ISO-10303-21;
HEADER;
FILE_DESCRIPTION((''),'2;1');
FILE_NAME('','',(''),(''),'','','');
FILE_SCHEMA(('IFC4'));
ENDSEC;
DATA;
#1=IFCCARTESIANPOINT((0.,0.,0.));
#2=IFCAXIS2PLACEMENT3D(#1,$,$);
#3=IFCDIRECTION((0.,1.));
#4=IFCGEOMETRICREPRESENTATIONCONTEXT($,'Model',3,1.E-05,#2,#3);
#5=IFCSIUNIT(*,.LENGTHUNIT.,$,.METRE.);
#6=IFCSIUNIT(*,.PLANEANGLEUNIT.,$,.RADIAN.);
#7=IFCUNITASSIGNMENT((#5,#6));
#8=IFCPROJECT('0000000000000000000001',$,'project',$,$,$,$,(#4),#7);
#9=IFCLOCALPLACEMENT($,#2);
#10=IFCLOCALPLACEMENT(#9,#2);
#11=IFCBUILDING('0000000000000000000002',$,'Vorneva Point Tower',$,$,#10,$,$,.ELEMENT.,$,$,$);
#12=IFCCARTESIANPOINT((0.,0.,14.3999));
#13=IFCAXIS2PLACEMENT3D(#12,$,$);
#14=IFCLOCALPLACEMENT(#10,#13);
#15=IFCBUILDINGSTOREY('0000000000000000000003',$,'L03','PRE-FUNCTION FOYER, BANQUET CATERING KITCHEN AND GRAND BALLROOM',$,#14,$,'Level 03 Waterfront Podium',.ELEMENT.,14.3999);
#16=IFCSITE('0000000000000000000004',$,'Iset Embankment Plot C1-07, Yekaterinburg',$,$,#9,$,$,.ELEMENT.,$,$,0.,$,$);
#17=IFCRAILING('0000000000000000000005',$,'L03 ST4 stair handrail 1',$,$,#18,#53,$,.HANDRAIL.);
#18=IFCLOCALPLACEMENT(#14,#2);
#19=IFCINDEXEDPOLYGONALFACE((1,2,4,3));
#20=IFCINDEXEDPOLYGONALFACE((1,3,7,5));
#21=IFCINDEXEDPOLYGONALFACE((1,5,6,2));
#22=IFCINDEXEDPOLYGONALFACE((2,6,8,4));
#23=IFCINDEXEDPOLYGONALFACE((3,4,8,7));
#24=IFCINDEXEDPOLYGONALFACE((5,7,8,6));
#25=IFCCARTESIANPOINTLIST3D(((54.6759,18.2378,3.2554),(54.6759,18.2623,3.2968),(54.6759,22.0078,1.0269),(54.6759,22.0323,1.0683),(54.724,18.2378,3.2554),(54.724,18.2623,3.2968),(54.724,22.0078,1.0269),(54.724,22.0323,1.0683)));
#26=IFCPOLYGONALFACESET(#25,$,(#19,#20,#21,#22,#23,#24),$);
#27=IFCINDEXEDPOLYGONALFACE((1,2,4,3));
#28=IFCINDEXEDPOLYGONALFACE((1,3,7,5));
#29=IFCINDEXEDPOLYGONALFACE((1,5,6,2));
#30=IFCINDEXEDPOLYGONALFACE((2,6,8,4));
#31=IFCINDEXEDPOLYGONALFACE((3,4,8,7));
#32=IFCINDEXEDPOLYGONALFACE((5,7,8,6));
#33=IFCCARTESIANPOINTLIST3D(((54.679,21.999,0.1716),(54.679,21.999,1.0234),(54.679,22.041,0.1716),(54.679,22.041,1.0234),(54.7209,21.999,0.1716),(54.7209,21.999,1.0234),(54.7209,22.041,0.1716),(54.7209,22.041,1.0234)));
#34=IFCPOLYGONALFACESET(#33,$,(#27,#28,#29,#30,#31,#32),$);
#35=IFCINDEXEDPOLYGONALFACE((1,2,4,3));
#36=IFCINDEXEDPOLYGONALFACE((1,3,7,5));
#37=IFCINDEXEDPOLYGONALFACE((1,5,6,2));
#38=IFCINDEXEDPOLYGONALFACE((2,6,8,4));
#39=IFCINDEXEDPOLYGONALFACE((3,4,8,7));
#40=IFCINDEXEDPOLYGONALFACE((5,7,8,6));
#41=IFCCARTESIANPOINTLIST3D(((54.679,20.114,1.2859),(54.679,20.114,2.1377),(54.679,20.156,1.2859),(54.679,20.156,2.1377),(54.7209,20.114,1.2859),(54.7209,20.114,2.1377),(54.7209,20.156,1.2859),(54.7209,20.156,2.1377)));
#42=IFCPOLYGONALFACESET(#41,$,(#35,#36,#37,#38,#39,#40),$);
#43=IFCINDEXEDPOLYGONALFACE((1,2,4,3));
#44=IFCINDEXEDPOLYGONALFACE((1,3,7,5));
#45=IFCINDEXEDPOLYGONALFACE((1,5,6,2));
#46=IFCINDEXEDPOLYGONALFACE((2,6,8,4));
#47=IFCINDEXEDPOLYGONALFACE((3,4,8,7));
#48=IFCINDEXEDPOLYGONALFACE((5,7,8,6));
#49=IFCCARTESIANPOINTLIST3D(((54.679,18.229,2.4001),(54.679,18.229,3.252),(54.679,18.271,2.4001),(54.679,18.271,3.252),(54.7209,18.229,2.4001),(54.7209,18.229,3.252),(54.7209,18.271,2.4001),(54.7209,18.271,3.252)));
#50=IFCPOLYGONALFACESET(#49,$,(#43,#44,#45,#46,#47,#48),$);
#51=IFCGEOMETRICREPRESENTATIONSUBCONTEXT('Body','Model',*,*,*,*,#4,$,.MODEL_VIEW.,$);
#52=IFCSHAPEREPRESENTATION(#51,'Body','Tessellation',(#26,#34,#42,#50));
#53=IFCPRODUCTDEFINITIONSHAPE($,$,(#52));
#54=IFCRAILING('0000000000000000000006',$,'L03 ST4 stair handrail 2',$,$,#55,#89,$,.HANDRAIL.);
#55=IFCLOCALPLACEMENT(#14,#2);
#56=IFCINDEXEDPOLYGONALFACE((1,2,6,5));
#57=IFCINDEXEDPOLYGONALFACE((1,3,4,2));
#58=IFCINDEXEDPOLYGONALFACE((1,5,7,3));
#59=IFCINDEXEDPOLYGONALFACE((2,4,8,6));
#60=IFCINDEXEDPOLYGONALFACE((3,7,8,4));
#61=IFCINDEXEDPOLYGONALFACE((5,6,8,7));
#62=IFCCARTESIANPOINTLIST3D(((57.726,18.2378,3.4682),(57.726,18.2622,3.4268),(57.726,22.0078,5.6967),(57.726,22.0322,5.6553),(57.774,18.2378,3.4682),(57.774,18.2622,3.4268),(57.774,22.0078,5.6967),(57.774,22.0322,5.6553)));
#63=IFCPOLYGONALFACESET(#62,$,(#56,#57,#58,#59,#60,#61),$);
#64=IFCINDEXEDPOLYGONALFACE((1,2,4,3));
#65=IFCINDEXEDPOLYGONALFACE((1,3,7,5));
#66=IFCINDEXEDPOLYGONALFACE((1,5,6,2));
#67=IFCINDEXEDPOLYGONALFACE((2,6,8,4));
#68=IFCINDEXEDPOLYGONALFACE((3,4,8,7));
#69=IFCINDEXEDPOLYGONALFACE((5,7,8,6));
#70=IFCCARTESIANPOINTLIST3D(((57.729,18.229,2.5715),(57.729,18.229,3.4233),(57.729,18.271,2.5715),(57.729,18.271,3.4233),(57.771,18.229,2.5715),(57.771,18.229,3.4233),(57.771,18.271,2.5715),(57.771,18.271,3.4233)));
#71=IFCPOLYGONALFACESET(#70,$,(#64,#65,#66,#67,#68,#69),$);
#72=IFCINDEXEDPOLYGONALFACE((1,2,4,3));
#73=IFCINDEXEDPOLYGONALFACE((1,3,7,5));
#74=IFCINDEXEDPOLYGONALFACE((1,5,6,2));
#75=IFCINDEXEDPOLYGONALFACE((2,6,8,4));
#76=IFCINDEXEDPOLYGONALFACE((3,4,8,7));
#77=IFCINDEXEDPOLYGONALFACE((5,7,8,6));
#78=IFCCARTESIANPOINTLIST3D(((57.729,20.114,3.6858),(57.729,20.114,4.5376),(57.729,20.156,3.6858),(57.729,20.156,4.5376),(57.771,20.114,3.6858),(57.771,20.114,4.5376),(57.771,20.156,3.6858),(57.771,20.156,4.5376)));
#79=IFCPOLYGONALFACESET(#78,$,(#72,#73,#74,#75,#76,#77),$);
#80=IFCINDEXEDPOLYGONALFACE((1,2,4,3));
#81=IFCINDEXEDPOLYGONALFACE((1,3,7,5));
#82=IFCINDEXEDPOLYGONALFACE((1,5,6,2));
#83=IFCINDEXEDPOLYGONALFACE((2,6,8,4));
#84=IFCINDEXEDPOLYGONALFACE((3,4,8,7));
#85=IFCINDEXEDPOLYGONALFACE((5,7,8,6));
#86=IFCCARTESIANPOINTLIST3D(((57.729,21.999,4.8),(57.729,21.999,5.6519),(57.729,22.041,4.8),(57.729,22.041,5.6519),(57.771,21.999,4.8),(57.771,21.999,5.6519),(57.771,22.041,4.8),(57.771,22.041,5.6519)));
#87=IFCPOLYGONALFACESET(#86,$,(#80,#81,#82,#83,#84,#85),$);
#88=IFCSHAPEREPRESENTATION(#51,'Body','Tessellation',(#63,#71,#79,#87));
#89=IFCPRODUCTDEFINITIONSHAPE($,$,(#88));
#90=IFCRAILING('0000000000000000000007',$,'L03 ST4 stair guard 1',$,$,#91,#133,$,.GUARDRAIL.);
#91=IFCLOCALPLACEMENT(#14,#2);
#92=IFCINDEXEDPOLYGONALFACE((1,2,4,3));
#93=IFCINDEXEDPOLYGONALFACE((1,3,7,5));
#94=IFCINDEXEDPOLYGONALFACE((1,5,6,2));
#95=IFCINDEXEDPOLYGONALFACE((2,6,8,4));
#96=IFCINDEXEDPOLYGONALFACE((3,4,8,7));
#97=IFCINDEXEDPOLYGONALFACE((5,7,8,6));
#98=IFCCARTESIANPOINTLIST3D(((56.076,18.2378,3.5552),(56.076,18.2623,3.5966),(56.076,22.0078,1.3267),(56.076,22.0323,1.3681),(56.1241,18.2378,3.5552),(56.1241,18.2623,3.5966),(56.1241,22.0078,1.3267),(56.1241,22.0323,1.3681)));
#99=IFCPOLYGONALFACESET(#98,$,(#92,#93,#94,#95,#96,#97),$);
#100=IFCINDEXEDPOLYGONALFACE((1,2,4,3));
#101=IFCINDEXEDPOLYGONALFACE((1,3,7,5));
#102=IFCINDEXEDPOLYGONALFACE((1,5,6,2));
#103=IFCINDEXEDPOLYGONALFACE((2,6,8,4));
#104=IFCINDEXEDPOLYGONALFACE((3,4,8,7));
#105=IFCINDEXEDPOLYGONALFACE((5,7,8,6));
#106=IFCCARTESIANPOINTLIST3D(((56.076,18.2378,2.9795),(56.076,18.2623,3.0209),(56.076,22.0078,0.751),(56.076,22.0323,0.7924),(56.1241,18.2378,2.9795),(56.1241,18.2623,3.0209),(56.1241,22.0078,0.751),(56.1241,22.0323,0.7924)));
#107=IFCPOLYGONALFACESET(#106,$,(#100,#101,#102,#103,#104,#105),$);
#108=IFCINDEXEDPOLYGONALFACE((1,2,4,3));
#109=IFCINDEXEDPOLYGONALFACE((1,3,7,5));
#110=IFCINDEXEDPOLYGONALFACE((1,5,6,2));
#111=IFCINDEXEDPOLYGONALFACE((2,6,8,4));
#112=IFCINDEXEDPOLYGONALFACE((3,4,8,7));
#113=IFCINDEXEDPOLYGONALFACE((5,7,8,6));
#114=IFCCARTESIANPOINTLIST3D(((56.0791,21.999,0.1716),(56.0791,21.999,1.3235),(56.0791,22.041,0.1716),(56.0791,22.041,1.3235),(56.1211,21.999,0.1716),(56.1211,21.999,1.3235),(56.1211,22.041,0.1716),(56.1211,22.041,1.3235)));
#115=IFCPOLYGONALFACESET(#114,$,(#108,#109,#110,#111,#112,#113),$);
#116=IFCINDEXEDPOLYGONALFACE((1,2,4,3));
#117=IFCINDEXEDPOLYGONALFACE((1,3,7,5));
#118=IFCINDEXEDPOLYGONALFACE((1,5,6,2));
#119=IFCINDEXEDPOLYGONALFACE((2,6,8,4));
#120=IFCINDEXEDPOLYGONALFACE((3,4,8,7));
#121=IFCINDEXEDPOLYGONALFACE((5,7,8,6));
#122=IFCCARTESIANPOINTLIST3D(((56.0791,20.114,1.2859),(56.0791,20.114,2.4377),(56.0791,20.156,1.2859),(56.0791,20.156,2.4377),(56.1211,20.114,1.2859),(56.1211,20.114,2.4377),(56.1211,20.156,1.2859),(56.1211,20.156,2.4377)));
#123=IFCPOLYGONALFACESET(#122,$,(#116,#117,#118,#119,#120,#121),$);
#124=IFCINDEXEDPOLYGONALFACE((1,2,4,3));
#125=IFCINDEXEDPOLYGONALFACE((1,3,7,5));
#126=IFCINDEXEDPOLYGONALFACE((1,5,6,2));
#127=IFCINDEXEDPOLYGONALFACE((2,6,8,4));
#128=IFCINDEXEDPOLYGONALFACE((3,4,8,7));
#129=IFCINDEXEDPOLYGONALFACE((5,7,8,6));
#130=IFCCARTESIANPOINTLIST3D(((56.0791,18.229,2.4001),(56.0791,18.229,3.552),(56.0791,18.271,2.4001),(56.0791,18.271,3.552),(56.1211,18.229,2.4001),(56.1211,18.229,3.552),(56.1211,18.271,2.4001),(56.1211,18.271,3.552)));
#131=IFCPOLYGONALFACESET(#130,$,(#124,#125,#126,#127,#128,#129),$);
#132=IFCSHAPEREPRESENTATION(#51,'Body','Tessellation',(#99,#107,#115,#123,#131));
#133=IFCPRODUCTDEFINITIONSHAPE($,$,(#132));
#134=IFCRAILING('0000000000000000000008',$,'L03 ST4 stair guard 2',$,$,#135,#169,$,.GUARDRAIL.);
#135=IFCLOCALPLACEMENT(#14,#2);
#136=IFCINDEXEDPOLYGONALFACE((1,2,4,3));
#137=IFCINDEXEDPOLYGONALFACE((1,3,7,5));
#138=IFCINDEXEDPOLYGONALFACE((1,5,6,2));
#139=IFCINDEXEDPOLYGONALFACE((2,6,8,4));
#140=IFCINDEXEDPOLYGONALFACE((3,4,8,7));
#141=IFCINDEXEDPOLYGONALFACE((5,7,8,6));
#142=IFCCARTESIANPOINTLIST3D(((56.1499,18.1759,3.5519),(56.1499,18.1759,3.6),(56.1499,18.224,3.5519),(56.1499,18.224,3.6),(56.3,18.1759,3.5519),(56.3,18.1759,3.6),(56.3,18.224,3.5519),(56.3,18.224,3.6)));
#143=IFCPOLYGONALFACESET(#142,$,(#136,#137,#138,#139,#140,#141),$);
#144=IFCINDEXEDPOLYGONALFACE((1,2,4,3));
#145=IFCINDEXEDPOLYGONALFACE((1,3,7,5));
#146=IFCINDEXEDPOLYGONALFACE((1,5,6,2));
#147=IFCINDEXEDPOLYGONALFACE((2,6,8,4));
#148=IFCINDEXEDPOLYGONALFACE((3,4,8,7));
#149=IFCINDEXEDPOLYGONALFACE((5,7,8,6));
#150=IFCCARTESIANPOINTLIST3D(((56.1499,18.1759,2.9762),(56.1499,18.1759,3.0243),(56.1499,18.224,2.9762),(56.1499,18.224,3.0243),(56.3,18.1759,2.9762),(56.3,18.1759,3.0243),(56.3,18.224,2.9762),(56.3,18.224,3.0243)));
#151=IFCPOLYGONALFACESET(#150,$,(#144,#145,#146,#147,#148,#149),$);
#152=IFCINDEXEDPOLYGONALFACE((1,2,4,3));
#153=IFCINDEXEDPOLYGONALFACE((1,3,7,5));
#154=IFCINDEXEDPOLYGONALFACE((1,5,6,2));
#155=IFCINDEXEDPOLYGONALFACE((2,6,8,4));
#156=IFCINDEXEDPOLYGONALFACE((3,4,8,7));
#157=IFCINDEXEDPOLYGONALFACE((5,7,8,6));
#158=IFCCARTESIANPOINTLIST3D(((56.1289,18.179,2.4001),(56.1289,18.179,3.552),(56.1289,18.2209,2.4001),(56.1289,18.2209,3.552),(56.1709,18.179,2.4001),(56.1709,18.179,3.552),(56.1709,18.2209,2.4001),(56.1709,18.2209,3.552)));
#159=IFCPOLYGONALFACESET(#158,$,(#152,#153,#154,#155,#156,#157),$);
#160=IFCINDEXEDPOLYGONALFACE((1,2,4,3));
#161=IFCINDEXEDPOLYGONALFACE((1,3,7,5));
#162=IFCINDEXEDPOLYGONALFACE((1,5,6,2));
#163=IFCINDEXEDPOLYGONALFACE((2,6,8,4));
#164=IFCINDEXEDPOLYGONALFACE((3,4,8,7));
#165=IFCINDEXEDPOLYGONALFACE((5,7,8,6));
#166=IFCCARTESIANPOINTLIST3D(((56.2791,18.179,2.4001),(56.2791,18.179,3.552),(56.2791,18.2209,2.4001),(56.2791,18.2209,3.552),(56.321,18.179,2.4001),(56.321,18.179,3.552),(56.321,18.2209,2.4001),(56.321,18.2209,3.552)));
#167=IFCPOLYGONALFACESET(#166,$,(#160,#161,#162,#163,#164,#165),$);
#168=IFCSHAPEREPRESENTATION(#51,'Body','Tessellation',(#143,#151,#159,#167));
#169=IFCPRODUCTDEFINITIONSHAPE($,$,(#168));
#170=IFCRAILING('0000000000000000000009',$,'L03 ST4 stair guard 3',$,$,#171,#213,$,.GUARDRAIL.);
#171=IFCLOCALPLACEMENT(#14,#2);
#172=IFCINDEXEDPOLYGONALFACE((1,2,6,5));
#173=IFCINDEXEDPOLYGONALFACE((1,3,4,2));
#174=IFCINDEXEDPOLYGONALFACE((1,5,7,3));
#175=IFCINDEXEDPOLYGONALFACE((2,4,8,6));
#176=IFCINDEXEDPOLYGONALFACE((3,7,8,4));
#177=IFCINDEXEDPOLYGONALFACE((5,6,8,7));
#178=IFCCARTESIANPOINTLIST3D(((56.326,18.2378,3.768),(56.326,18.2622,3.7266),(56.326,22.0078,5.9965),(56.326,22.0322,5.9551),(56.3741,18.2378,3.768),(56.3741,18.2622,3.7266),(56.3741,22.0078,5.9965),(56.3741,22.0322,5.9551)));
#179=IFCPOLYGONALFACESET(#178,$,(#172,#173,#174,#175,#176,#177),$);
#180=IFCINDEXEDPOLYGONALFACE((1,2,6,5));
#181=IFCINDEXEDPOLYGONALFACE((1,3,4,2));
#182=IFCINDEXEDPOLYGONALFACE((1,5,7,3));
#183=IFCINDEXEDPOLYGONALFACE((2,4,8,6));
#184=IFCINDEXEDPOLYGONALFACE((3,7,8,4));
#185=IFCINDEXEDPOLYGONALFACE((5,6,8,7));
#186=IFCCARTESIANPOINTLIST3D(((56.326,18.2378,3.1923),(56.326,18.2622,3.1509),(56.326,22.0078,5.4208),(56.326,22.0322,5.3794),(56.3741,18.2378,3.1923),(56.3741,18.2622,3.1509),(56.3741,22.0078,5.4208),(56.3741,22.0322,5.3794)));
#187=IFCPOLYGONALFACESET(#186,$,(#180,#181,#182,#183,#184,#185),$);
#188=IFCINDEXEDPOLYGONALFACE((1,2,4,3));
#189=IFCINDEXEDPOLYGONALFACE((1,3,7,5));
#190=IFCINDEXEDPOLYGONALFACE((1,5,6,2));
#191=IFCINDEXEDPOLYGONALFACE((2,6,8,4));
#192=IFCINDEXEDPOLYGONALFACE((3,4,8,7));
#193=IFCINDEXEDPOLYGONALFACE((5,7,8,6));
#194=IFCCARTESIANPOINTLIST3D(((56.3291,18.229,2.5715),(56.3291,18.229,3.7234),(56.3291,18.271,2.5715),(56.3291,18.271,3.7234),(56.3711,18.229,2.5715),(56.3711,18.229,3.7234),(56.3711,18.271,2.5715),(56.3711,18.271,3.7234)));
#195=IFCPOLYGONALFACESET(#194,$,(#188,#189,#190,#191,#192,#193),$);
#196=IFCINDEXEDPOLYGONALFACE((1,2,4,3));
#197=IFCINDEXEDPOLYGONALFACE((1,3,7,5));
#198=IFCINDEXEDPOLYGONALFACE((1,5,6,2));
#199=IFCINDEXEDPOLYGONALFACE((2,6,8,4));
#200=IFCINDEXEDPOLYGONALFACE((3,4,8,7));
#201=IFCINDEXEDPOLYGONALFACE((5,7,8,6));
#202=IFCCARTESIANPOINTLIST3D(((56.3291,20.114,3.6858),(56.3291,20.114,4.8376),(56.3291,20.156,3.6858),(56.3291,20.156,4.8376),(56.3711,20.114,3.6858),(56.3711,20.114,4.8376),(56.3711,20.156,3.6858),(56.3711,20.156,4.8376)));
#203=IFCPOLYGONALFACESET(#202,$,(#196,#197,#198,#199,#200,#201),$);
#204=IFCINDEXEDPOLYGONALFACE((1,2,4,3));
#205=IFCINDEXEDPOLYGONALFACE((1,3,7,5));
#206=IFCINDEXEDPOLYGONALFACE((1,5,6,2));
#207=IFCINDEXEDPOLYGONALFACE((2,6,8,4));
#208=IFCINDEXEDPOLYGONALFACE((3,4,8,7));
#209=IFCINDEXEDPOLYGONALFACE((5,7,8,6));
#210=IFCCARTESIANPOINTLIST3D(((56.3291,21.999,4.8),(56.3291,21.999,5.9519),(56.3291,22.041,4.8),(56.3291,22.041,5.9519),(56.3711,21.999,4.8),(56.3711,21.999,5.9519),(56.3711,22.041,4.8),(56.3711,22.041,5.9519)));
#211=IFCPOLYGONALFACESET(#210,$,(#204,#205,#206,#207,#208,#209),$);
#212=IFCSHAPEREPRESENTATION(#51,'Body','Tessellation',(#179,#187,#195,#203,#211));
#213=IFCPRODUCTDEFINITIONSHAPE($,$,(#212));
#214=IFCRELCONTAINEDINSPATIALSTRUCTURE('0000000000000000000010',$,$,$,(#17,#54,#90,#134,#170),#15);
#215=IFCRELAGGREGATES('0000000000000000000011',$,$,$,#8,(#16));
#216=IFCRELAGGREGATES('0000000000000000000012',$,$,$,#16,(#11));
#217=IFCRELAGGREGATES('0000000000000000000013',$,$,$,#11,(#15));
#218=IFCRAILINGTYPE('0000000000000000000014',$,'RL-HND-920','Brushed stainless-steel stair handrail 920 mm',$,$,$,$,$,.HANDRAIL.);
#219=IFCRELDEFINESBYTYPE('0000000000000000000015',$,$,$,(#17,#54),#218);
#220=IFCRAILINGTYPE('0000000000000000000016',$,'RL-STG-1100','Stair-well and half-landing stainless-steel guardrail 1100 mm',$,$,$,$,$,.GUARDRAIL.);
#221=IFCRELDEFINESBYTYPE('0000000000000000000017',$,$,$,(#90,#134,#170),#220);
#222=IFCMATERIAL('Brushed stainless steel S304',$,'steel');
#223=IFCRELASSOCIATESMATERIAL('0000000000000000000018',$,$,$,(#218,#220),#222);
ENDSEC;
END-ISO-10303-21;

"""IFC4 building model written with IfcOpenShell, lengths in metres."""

from ifc_helpers import new_model, si_unit, direction, frame, origin, origin_2d, place, context, subcontext, project, spatial, rectangle, extrude, material, type_object, element, save


model = new_model("IFC4")

# Units and contexts
model_context = context("Model", 3, precision=1e-05, world=origin(), true_north=direction((0.0, 1.0)))
body_context = subcontext(model_context, "Body", "Model", "MODEL_VIEW")
ifc_project = project(units=[si_unit("LENGTHUNIT", "METRE"), si_unit("PLANEANGLEUNIT", "RADIAN")], contexts=[model_context])

# Site, building, storey
site_placement = place(None, origin())
site = spatial("IfcSite", under=ifc_project, at=site_placement, Name="Iset Embankment Plot C1-07, Yekaterinburg", CompositionType="ELEMENT", RefElevation=0.0)
building_placement = place(site_placement, origin())
building = spatial("IfcBuilding", under=site, at=building_placement, Name="Vorneva Point Tower", CompositionType="ELEMENT")
storey_placement = place(building_placement, frame((0.0, 0.0, 14.3999)))
storey = spatial("IfcBuildingStorey", under=building, at=storey_placement, Name="L03", Description="PRE-FUNCTION FOYER, BANQUET CATERING KITCHEN AND GRAND BALLROOM", LongName="Level 03 Waterfront Podium", CompositionType="ELEMENT", Elevation=14.3999)

# Railings
ifc_material_1 = material(Name="Brushed stainless steel S304", Category="steel")
railing_type_1 = type_object("IfcRailingType", Name="RL-HND-920", Description="Brushed stainless-steel stair handrail 920 mm", PredefinedType="HANDRAIL", material=ifc_material_1)
railing_1_placement = place(storey_placement, frame((54.7, 22.02, 0.1716)))
element("IfcRailing", 1, at=railing_1_placement, inside=storey, type_object=railing_type_1, Name="L03 ST4 stair handrail 1", PredefinedType="HANDRAIL", context=body_context, shape_type="SweptSolid", body=[
    extrude(rectangle(XDim=0.0481, YDim=0.0481, at=origin_2d()), frame((0.0, 0.0, 0.876), z_axis=(0.0, -0.860849, 0.508861), x_axis=(1.0, 0.0, 0.0)), (0.0, 0.0, 1.0), 4.3794),
    extrude(rectangle(XDim=0.042, YDim=0.042, at=origin_2d()), origin(), (0.0, 0.0, 1.0), 0.8518),
    extrude(rectangle(XDim=0.042, YDim=0.042, at=origin_2d()), frame((0.0, -1.885, 1.1143)), (0.0, 0.0, 1.0), 0.8518),
    extrude(rectangle(XDim=0.042, YDim=0.042, at=origin_2d()), frame((0.0, -3.77, 2.2285)), (0.0, 0.0, 1.0), 0.8518),
])
railing_2_placement = place(storey_placement, frame((57.75, 18.25, 2.5715)))
element("IfcRailing", 2, at=railing_2_placement, inside=storey, type_object=railing_type_1, Name="L03 ST4 stair handrail 2", PredefinedType="HANDRAIL", context=body_context, shape_type="SweptSolid", body=[
    extrude(rectangle(XDim=0.0481, YDim=0.0481, at=origin_2d()), frame((0.0, 0.0, 0.876), z_axis=(0.0, 0.860849, 0.508861), x_axis=(-1.0, 0.0, 0.0)), (0.0, 0.0, 1.0), 4.3794),
    extrude(rectangle(XDim=0.042, YDim=0.042, at=origin_2d()), origin(), (0.0, 0.0, 1.0), 0.8518),
    extrude(rectangle(XDim=0.042, YDim=0.042, at=origin_2d()), frame((0.0, 1.885, 1.1143)), (0.0, 0.0, 1.0), 0.8518),
    extrude(rectangle(XDim=0.042, YDim=0.042, at=origin_2d()), frame((0.0, 3.77, 2.2285)), (0.0, 0.0, 1.0), 0.8518),
])
railing_type_2 = type_object("IfcRailingType", Name="RL-STG-1100", Description="Stair-well and half-landing stainless-steel guardrail 1100 mm", PredefinedType="GUARDRAIL", material=ifc_material_1)
railing_3_placement = place(storey_placement, frame((56.1001, 22.02, 0.1716)))
element("IfcRailing", 3, at=railing_3_placement, inside=storey, type_object=railing_type_2, Name="L03 ST4 stair guard 1", PredefinedType="GUARDRAIL", context=body_context, shape_type="SweptSolid", body=[
    extrude(rectangle(XDim=0.0481, YDim=0.0481, at=origin_2d()), frame((0.0, 0.0, 1.1758), z_axis=(0.0, -0.860849, 0.508861), x_axis=(1.0, 0.0, 0.0)), (0.0, 0.0, 1.0), 4.3794),
    extrude(rectangle(XDim=0.0481, YDim=0.0481, at=origin_2d()), frame((0.0, 0.0, 0.6001), z_axis=(0.0, -0.860849, 0.508861), x_axis=(1.0, 0.0, 0.0)), (0.0, 0.0, 1.0), 4.3794),
    extrude(rectangle(XDim=0.042, YDim=0.042, at=origin_2d()), origin(), (0.0, 0.0, 1.0), 1.1519),
    extrude(rectangle(XDim=0.042, YDim=0.042, at=origin_2d()), frame((0.0, -1.885, 1.1143)), (0.0, 0.0, 1.0), 1.1519),
    extrude(rectangle(XDim=0.042, YDim=0.042, at=origin_2d()), frame((0.0, -3.77, 2.2285)), (0.0, 0.0, 1.0), 1.1519),
])
railing_4_placement = place(storey_placement, frame((56.1499, 18.2, 2.4001)))
element("IfcRailing", 4, at=railing_4_placement, inside=storey, type_object=railing_type_2, Name="L03 ST4 stair guard 2", PredefinedType="GUARDRAIL", context=body_context, shape_type="SweptSolid", body=[
    extrude(rectangle(XDim=0.0481, YDim=0.0481, at=origin_2d()), frame((0.0, 0.0, 1.1758), z_axis=(1.0, 0.0, 0.0), x_axis=(0.0, 1.0, 0.0)), (0.0, 0.0, 1.0), 0.1501),
    extrude(rectangle(XDim=0.0481, YDim=0.0481, at=origin_2d()), frame((0.0, 0.0, 0.6001), z_axis=(1.0, 0.0, 0.0), x_axis=(0.0, 1.0, 0.0)), (0.0, 0.0, 1.0), 0.1501),
    extrude(rectangle(XDim=0.042, YDim=0.042, at=origin_2d()), origin(), (0.0, 0.0, 1.0), 1.1519),
    extrude(rectangle(XDim=0.042, YDim=0.042, at=origin_2d()), frame((0.1501, 0.0, 0.0)), (0.0, 0.0, 1.0), 1.1519),
])
railing_5_placement = place(storey_placement, frame((56.3501, 18.25, 2.5715)))
element("IfcRailing", 5, at=railing_5_placement, inside=storey, type_object=railing_type_2, Name="L03 ST4 stair guard 3", PredefinedType="GUARDRAIL", context=body_context, shape_type="SweptSolid", body=[
    extrude(rectangle(XDim=0.0481, YDim=0.0481, at=origin_2d()), frame((0.0, 0.0, 1.1758), z_axis=(0.0, 0.860849, 0.508861), x_axis=(-1.0, 0.0, 0.0)), (0.0, 0.0, 1.0), 4.3794),
    extrude(rectangle(XDim=0.0481, YDim=0.0481, at=origin_2d()), frame((0.0, 0.0, 0.6001), z_axis=(0.0, 0.860849, 0.508861), x_axis=(-1.0, 0.0, 0.0)), (0.0, 0.0, 1.0), 4.3794),
    extrude(rectangle(XDim=0.042, YDim=0.042, at=origin_2d()), origin(), (0.0, 0.0, 1.0), 1.1519),
    extrude(rectangle(XDim=0.042, YDim=0.042, at=origin_2d()), frame((0.0, 1.885, 1.1143)), (0.0, 0.0, 1.0), 1.1519),
    extrude(rectangle(XDim=0.042, YDim=0.042, at=origin_2d()), frame((0.0, 3.77, 2.2285)), (0.0, 0.0, 1.0), 1.1519),
])

save(model, "model.ifc")
